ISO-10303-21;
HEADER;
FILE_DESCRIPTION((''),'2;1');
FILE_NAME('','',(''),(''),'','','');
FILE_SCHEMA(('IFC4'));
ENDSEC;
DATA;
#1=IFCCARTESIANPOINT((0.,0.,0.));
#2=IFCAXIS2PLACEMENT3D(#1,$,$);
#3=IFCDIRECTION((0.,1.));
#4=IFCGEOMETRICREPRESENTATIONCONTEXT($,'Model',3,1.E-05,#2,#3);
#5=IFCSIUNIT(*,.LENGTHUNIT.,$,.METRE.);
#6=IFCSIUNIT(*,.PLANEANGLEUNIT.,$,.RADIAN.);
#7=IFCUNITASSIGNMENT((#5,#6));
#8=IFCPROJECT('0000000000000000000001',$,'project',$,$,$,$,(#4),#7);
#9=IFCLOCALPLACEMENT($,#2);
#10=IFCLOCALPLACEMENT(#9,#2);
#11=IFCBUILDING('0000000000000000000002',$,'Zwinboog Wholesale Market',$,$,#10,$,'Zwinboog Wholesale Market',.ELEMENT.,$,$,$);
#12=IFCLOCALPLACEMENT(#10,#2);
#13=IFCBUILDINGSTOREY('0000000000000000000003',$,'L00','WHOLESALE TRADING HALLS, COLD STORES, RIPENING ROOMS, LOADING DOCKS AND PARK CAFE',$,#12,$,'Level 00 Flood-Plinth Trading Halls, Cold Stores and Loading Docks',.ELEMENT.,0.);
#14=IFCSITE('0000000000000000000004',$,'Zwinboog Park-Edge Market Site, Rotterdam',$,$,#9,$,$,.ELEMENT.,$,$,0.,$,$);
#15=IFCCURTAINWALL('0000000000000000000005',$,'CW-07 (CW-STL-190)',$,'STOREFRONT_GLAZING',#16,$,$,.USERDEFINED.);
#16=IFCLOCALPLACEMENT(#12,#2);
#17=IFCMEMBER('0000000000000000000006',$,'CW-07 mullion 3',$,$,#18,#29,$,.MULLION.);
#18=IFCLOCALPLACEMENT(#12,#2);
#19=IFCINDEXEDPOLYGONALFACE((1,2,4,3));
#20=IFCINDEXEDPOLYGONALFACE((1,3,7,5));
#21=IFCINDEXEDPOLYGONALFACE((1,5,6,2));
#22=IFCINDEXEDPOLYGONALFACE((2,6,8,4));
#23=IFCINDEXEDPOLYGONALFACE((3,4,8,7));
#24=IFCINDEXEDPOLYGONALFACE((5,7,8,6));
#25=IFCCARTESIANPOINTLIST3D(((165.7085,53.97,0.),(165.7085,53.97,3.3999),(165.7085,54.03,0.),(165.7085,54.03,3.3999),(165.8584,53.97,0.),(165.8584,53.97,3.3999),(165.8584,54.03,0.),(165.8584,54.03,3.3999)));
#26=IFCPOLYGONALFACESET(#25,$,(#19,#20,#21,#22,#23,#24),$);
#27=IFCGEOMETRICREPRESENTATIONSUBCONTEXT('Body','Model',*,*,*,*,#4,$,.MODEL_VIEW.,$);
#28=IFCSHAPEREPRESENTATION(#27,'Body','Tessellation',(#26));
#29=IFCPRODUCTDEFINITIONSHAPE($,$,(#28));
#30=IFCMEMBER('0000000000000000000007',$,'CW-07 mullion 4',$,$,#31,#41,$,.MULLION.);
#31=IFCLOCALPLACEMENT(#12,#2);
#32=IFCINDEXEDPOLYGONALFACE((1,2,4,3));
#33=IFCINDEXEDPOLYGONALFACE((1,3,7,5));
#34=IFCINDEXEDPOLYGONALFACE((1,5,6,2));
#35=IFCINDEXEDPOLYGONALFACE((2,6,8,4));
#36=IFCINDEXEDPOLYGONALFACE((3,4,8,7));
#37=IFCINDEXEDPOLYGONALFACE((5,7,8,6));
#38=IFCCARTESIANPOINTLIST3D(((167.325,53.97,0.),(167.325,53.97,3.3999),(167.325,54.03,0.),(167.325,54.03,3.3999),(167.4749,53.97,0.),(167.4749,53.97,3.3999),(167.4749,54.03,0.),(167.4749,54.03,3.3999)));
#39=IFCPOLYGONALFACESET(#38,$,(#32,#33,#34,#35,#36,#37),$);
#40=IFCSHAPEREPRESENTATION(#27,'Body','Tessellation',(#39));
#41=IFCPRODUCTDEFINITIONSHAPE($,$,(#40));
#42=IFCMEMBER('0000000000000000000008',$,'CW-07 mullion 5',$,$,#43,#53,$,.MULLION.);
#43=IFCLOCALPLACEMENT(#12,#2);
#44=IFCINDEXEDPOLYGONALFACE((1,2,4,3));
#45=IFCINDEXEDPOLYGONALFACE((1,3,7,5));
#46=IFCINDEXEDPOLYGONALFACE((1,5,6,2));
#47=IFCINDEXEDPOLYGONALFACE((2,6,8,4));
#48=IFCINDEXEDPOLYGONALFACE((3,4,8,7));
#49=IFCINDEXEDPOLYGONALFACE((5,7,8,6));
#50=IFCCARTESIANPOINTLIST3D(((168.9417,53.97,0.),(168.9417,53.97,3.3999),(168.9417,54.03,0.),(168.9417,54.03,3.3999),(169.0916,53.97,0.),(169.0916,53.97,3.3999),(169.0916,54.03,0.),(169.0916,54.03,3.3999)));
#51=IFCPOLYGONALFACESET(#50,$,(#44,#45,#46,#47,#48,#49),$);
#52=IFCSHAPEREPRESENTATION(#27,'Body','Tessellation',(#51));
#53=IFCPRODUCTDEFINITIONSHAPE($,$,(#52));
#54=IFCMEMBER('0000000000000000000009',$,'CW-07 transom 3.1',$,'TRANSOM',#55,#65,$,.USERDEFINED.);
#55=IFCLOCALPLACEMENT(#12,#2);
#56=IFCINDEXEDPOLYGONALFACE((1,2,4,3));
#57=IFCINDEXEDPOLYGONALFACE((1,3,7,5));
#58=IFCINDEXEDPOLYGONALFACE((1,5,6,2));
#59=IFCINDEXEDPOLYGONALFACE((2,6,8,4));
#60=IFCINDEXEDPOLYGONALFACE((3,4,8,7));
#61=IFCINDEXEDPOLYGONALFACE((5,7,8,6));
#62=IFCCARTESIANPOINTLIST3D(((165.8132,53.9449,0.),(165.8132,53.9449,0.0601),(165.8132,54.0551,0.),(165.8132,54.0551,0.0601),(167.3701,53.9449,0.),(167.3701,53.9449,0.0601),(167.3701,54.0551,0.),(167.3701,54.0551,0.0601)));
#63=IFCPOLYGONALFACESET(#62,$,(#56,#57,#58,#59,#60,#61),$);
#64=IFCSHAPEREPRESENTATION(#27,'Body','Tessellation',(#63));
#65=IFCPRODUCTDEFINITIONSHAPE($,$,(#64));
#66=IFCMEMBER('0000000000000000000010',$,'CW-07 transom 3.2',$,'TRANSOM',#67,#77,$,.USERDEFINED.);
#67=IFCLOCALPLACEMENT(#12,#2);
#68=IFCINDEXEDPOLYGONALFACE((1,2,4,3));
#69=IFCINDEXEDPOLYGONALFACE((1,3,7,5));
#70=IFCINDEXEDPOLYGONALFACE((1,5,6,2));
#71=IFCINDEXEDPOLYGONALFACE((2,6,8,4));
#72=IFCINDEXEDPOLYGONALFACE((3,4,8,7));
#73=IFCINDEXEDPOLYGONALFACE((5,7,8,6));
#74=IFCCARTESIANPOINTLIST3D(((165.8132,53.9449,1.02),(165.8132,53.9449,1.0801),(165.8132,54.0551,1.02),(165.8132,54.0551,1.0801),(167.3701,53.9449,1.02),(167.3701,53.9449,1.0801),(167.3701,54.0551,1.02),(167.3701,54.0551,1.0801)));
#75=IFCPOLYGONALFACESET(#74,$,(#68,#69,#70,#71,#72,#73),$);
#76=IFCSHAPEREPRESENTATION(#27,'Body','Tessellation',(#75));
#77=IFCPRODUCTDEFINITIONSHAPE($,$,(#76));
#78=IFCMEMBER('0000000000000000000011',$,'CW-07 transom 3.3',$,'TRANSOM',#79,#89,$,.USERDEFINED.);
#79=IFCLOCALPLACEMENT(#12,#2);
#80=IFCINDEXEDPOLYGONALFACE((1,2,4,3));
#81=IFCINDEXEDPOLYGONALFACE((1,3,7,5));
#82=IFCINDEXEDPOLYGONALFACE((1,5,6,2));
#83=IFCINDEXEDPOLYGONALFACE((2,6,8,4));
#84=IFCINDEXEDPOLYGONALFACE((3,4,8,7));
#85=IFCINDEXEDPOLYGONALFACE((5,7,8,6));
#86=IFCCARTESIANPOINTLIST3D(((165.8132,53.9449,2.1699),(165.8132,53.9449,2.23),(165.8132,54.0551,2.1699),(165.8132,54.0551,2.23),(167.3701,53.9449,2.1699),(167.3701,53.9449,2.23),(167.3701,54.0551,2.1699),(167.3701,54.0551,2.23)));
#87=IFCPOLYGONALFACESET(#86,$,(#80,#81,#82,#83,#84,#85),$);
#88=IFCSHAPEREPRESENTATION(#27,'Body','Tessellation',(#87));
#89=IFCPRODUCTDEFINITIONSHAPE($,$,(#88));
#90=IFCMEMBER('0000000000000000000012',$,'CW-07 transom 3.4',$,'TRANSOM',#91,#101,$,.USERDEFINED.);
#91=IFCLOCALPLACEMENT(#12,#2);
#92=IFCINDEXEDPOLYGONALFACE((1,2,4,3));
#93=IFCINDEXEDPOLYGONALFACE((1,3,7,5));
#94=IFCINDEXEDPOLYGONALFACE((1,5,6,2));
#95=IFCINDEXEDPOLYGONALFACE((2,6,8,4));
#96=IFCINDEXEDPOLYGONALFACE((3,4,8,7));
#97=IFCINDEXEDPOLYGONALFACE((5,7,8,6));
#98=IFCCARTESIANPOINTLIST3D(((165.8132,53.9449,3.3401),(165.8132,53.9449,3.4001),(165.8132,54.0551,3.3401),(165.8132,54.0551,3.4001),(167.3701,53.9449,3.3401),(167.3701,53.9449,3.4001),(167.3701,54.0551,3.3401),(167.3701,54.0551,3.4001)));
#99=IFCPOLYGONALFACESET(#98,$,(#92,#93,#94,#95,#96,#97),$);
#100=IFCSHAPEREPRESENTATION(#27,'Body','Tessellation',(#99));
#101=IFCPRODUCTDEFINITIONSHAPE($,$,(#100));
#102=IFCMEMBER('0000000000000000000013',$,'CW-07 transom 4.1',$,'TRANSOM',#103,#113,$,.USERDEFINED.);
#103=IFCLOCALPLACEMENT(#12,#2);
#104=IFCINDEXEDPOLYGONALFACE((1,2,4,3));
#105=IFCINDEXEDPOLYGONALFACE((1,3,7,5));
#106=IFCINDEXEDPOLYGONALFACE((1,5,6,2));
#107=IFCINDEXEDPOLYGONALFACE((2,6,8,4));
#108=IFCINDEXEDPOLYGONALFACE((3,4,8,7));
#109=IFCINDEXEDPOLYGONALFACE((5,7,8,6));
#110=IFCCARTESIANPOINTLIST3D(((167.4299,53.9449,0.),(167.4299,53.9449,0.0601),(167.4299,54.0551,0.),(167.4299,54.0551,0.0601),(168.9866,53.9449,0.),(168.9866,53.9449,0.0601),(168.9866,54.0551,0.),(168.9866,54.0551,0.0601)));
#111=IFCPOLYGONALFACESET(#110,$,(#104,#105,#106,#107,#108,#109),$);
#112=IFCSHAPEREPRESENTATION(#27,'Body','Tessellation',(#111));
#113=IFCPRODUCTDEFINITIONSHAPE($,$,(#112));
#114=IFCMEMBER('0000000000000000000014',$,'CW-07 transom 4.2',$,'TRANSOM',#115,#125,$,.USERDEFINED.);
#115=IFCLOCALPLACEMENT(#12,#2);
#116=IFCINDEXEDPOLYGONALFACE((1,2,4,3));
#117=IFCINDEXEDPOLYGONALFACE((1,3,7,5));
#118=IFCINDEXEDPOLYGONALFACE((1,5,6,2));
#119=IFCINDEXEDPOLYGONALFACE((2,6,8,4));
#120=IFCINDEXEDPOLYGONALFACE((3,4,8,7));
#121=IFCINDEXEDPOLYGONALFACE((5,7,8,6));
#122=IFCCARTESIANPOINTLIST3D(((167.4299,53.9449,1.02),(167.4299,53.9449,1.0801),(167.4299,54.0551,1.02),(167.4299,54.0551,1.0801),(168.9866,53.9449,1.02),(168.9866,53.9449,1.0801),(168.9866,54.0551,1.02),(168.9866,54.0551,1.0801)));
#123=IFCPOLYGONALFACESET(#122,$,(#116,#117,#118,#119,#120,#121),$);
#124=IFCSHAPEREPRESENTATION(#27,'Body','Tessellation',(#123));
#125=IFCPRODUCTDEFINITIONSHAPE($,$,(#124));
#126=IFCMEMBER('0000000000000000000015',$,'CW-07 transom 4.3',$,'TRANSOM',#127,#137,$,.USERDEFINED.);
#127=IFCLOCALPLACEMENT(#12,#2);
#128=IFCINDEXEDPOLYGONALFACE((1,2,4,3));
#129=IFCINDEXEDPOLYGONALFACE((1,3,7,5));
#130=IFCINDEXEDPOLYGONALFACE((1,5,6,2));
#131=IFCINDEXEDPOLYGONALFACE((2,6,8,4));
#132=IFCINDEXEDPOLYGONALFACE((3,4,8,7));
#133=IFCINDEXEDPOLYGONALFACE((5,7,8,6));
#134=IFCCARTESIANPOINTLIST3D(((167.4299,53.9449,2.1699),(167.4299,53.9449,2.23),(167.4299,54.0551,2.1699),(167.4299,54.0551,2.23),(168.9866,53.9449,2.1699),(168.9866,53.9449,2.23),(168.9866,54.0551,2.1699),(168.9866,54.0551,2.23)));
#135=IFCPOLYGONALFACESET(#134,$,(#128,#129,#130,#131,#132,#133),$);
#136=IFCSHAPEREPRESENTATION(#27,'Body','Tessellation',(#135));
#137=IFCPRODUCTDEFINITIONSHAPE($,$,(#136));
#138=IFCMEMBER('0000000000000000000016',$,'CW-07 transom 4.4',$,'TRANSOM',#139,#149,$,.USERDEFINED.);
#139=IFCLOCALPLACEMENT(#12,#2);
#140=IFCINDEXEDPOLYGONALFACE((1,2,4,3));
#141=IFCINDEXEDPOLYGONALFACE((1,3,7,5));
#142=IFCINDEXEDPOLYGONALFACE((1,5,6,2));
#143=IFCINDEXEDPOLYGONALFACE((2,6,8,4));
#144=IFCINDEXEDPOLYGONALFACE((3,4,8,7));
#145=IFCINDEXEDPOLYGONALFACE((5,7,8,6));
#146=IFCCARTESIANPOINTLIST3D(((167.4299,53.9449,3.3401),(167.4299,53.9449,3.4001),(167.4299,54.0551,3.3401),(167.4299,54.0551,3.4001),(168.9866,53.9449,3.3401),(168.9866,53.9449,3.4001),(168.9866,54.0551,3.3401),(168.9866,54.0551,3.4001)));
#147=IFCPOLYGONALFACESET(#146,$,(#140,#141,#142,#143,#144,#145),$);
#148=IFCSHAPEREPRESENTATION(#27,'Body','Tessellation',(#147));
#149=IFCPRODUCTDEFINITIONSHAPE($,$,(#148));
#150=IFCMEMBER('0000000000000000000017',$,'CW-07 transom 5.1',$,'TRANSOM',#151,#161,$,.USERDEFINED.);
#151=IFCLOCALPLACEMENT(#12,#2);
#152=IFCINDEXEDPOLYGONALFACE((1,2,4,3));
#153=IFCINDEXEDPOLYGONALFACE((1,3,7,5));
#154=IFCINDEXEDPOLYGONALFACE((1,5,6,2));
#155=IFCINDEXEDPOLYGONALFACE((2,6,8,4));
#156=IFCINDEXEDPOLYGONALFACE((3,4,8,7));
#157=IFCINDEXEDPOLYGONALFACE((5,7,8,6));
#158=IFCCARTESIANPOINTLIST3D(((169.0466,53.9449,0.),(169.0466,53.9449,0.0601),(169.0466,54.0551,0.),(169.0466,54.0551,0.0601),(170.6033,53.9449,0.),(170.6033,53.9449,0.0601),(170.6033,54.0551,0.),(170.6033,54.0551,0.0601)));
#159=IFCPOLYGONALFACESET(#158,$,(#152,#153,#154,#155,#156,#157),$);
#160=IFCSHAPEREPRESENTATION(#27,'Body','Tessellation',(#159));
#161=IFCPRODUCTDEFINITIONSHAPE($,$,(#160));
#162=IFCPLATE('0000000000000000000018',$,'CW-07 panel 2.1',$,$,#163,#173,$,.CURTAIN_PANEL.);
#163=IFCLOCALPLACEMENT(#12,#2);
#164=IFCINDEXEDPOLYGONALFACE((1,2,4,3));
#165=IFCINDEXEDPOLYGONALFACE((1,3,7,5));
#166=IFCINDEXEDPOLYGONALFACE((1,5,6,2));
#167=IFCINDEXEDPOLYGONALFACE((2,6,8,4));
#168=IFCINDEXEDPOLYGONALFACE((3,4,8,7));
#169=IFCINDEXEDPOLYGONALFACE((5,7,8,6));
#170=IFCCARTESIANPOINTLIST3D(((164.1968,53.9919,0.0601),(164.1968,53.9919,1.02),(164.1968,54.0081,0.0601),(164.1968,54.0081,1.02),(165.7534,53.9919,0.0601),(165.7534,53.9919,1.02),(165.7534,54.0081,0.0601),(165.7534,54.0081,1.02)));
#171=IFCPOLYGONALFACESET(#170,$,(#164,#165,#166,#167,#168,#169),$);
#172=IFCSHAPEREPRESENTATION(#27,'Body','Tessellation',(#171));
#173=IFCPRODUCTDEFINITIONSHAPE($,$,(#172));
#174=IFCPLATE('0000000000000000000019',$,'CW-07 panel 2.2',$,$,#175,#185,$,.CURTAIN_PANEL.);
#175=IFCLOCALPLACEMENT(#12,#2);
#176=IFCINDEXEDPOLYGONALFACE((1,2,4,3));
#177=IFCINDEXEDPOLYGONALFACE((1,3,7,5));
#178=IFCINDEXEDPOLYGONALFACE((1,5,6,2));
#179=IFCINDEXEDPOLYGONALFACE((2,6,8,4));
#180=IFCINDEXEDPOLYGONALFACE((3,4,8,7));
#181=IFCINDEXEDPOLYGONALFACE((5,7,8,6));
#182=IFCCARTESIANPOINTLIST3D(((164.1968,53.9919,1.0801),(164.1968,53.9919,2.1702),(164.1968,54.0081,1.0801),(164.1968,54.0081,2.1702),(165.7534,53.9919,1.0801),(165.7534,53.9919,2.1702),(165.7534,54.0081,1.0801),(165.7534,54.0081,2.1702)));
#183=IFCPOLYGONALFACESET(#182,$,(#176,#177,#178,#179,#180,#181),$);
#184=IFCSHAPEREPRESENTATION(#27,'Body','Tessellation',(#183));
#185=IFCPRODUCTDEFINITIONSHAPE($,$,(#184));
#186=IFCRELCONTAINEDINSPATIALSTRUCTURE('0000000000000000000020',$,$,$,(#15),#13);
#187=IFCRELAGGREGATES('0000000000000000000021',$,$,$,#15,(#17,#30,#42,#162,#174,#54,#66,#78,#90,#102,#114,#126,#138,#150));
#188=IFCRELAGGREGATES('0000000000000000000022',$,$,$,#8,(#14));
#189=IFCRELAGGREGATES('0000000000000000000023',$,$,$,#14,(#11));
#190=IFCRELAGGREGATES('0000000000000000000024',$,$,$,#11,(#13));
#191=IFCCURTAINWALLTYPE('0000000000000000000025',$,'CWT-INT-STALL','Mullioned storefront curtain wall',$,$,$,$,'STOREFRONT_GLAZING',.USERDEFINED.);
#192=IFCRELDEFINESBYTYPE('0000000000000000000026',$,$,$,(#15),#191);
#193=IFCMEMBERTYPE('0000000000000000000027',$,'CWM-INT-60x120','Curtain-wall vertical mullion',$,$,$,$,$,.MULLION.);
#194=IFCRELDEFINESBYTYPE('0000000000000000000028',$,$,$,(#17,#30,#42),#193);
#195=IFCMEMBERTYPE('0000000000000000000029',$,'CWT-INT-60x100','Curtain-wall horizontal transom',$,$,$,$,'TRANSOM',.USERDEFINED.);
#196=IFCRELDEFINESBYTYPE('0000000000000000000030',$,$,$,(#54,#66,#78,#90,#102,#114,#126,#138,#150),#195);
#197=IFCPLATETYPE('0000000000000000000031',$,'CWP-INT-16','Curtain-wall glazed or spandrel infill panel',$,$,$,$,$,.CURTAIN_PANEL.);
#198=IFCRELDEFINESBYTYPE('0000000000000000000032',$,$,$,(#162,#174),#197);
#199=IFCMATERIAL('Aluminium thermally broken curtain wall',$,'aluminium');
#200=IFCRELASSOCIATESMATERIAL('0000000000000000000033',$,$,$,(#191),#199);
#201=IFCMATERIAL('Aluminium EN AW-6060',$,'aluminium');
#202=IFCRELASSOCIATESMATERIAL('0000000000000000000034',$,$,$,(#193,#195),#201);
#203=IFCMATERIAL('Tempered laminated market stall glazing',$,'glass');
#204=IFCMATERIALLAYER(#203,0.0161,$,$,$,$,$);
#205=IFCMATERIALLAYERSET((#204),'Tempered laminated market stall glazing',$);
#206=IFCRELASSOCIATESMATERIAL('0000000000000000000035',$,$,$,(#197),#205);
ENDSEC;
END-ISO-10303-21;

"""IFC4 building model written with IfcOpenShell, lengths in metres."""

from ifc_helpers import new_model, si_unit, direction, frame, origin, origin_2d, place, context, subcontext, project, spatial, rectangle, extrude, material, layer, layer_set, material_profile, profile_set, type_object, element, aggregate, save


model = new_model("IFC4")

# Units and contexts
model_context = context("Model", 3, precision=1e-05, world=origin(), true_north=direction((0.0, 1.0)))
body_context = subcontext(model_context, "Body", "Model", "MODEL_VIEW")
ifc_project = project(units=[si_unit("LENGTHUNIT", "METRE"), si_unit("PLANEANGLEUNIT", "RADIAN")], contexts=[model_context])

# Site, building, storey
site_placement = place(None, origin())
site = spatial("IfcSite", under=ifc_project, at=site_placement, Name="Zwinboog Park-Edge Market Site, Rotterdam", CompositionType="ELEMENT", RefElevation=0.0)
building_placement = place(site_placement, origin())
building = spatial("IfcBuilding", under=site, at=building_placement, Name="Zwinboog Wholesale Market", LongName="Zwinboog Wholesale Market", CompositionType="ELEMENT")
storey_placement = place(building_placement, origin())
storey = spatial("IfcBuildingStorey", under=building, at=storey_placement, Name="L00", Description="WHOLESALE TRADING HALLS, COLD STORES, RIPENING ROOMS, LOADING DOCKS AND PARK CAFE", LongName="Level 00 Flood-Plinth Trading Halls, Cold Stores and Loading Docks", CompositionType="ELEMENT", Elevation=0.0)

# Curtain wall, members, plates
ifc_material_1 = material(Name="Aluminium thermally broken curtain wall", Category="aluminium")
curtain_wall_type = type_object("IfcCurtainWallType", Name="CWT-INT-STALL", Description="Mullioned storefront curtain wall", ElementType="STOREFRONT_GLAZING", PredefinedType="USERDEFINED", material=ifc_material_1)
curtain_wall_placement = place(storey_placement, origin())
curtain_wall = element("IfcCurtainWall", 1, at=curtain_wall_placement, inside=storey, type_object=curtain_wall_type, Name="CW-07 (CW-STL-190)", ObjectType="STOREFRONT_GLAZING", PredefinedType="USERDEFINED")
ifc_material_2 = material(Name="Aluminium EN AW-6060", Category="aluminium")
ifc_material_profile_1 = material_profile(ifc_material_2, rectangle(XDim=0.0601, YDim=0.1499, at=origin_2d()), Name="AL 60x150")
ifc_profile_set_1 = profile_set([ifc_material_profile_1], Name="Aluminium EN AW-6060")
member_type_1 = type_object("IfcMemberType", Name="CWM-INT-60x120", Description="Curtain-wall vertical mullion", PredefinedType="MULLION", material=ifc_profile_set_1)
member_1_placement = place(storey_placement, frame((165.7834, 54.0, 0.0), z_axis=(0.0, 0.0, 1.0), x_axis=(0.0, 1.0, 0.0)))
member_1 = element("IfcMember", 2, at=member_1_placement, type_object=member_type_1, Name="CW-07 mullion 3", PredefinedType="MULLION", context=body_context, shape_type="SweptSolid", body=[
    extrude(rectangle(XDim=0.0601, YDim=0.1499, at=origin_2d()), origin(), (0.0, 0.0, 1.0), 3.3999),
])
member_2_placement = place(storey_placement, frame((167.3999, 54.0, 0.0), z_axis=(0.0, 0.0, 1.0), x_axis=(0.0, 1.0, 0.0)))
member_2 = element("IfcMember", 3, at=member_2_placement, type_object=member_type_1, Name="CW-07 mullion 4", PredefinedType="MULLION", context=body_context, shape_type="SweptSolid", body=[
    extrude(rectangle(XDim=0.0601, YDim=0.1499, at=origin_2d()), origin(), (0.0, 0.0, 1.0), 3.3999),
])
member_3_placement = place(storey_placement, frame((169.0166, 54.0, 0.0), z_axis=(0.0, 0.0, 1.0), x_axis=(0.0, 1.0, 0.0)))
member_3 = element("IfcMember", 4, at=member_3_placement, type_object=member_type_1, Name="CW-07 mullion 5", PredefinedType="MULLION", context=body_context, shape_type="SweptSolid", body=[
    extrude(rectangle(XDim=0.0601, YDim=0.1499, at=origin_2d()), origin(), (0.0, 0.0, 1.0), 3.3999),
])
ifc_material_profile_2 = material_profile(ifc_material_2, rectangle(XDim=0.1101, YDim=0.0601, at=origin_2d()), Name="AL 60x110")
ifc_profile_set_2 = profile_set([ifc_material_profile_2], Name="Aluminium EN AW-6060")
member_type_2 = type_object("IfcMemberType", Name="CWT-INT-60x100", Description="Curtain-wall horizontal transom", ElementType="TRANSOM", PredefinedType="USERDEFINED", material=ifc_profile_set_2)
member_4_placement = place(storey_placement, frame((165.8132, 54.0, 0.03), z_axis=(1.0, 0.0, 0.0), x_axis=(0.0, 1.0, 0.0)))
member_4 = element("IfcMember", 5, at=member_4_placement, type_object=member_type_2, Name="CW-07 transom 3.1", ObjectType="TRANSOM", PredefinedType="USERDEFINED", context=body_context, shape_type="SweptSolid", body=[
    extrude(rectangle(XDim=0.1101, YDim=0.0601, at=origin_2d()), origin(), (0.0, 0.0, 1.0), 1.5569),
])
member_5_placement = place(storey_placement, frame((165.8132, 54.0, 1.05), z_axis=(1.0, 0.0, 0.0), x_axis=(0.0, 1.0, 0.0)))
member_5 = element("IfcMember", 6, at=member_5_placement, type_object=member_type_2, Name="CW-07 transom 3.2", ObjectType="TRANSOM", PredefinedType="USERDEFINED", context=body_context, shape_type="SweptSolid", body=[
    extrude(rectangle(XDim=0.1101, YDim=0.0601, at=origin_2d()), origin(), (0.0, 0.0, 1.0), 1.5569),
])
member_6_placement = place(storey_placement, frame((165.8132, 54.0, 2.2), z_axis=(1.0, 0.0, 0.0), x_axis=(0.0, 1.0, 0.0)))
member_6 = element("IfcMember", 7, at=member_6_placement, type_object=member_type_2, Name="CW-07 transom 3.3", ObjectType="TRANSOM", PredefinedType="USERDEFINED", context=body_context, shape_type="SweptSolid", body=[
    extrude(rectangle(XDim=0.1101, YDim=0.0601, at=origin_2d()), origin(), (0.0, 0.0, 1.0), 1.5569),
])
member_7_placement = place(storey_placement, frame((165.8132, 54.0, 3.3701), z_axis=(1.0, 0.0, 0.0), x_axis=(0.0, 1.0, 0.0)))
member_7 = element("IfcMember", 8, at=member_7_placement, type_object=member_type_2, Name="CW-07 transom 3.4", ObjectType="TRANSOM", PredefinedType="USERDEFINED", context=body_context, shape_type="SweptSolid", body=[
    extrude(rectangle(XDim=0.1101, YDim=0.0601, at=origin_2d()), origin(), (0.0, 0.0, 1.0), 1.5569),
])
member_8_placement = place(storey_placement, frame((167.4299, 54.0, 0.03), z_axis=(1.0, 0.0, 0.0), x_axis=(0.0, 1.0, 0.0)))
member_8 = element("IfcMember", 9, at=member_8_placement, type_object=member_type_2, Name="CW-07 transom 4.1", ObjectType="TRANSOM", PredefinedType="USERDEFINED", context=body_context, shape_type="SweptSolid", body=[
    extrude(rectangle(XDim=0.1101, YDim=0.0601, at=origin_2d()), origin(), (0.0, 0.0, 1.0), 1.5566),
])
member_9_placement = place(storey_placement, frame((167.4299, 54.0, 1.05), z_axis=(1.0, 0.0, 0.0), x_axis=(0.0, 1.0, 0.0)))
member_9 = element("IfcMember", 10, at=member_9_placement, type_object=member_type_2, Name="CW-07 transom 4.2", ObjectType="TRANSOM", PredefinedType="USERDEFINED", context=body_context, shape_type="SweptSolid", body=[
    extrude(rectangle(XDim=0.1101, YDim=0.0601, at=origin_2d()), origin(), (0.0, 0.0, 1.0), 1.5566),
])
member_10_placement = place(storey_placement, frame((167.4299, 54.0, 2.2), z_axis=(1.0, 0.0, 0.0), x_axis=(0.0, 1.0, 0.0)))
member_10 = element("IfcMember", 11, at=member_10_placement, type_object=member_type_2, Name="CW-07 transom 4.3", ObjectType="TRANSOM", PredefinedType="USERDEFINED", context=body_context, shape_type="SweptSolid", body=[
    extrude(rectangle(XDim=0.1101, YDim=0.0601, at=origin_2d()), origin(), (0.0, 0.0, 1.0), 1.5566),
])
member_11_placement = place(storey_placement, frame((167.4299, 54.0, 3.3701), z_axis=(1.0, 0.0, 0.0), x_axis=(0.0, 1.0, 0.0)))
member_11 = element("IfcMember", 12, at=member_11_placement, type_object=member_type_2, Name="CW-07 transom 4.4", ObjectType="TRANSOM", PredefinedType="USERDEFINED", context=body_context, shape_type="SweptSolid", body=[
    extrude(rectangle(XDim=0.1101, YDim=0.0601, at=origin_2d()), origin(), (0.0, 0.0, 1.0), 1.5566),
])
member_12_placement = place(storey_placement, frame((169.0466, 54.0, 0.03), z_axis=(1.0, 0.0, 0.0), x_axis=(0.0, 1.0, 0.0)))
member_12 = element("IfcMember", 13, at=member_12_placement, type_object=member_type_2, Name="CW-07 transom 5.1", ObjectType="TRANSOM", PredefinedType="USERDEFINED", context=body_context, shape_type="SweptSolid", body=[
    extrude(rectangle(XDim=0.1101, YDim=0.0601, at=origin_2d()), origin(), (0.0, 0.0, 1.0), 1.5566),
])
ifc_material_3 = material(Name="Tempered laminated market stall glazing", Category="glass")
ifc_layer = layer(ifc_material_3, 0.0161)
ifc_layer_set = layer_set([ifc_layer], Name="Tempered laminated market stall glazing")
plate_type = type_object("IfcPlateType", Name="CWP-INT-16", Description="Curtain-wall glazed or spandrel infill panel", PredefinedType="CURTAIN_PANEL", material=ifc_layer_set)
plate_1_placement = place(storey_placement, frame((164.9751, 54.0, 0.0601), z_axis=(0.0, 0.0, 1.0), x_axis=(1.0, 0.0, 0.0)))
plate_1 = element("IfcPlate", 14, at=plate_1_placement, type_object=plate_type, Name="CW-07 panel 2.1", PredefinedType="CURTAIN_PANEL", context=body_context, shape_type="SweptSolid", body=[
    extrude(rectangle(XDim=1.5566, YDim=0.0161, at=origin_2d()), origin(), (0.0, 0.0, 1.0), 0.96),
])
plate_2_placement = place(storey_placement, frame((164.9751, 54.0, 1.0801), z_axis=(0.0, 0.0, 1.0), x_axis=(1.0, 0.0, 0.0)))
plate_2 = element("IfcPlate", 15, at=plate_2_placement, type_object=plate_type, Name="CW-07 panel 2.2", PredefinedType="CURTAIN_PANEL", context=body_context, shape_type="SweptSolid", body=[
    extrude(rectangle(XDim=1.5566, YDim=0.0161, at=origin_2d()), origin(), (0.0, 0.0, 1.0), 1.0901),
])
aggregate(curtain_wall, [member_1, member_2, member_3, plate_1, plate_2, member_4, member_5, member_6, member_7, member_8, member_9, member_10, member_11, member_12])

save(model, "model.ifc")
